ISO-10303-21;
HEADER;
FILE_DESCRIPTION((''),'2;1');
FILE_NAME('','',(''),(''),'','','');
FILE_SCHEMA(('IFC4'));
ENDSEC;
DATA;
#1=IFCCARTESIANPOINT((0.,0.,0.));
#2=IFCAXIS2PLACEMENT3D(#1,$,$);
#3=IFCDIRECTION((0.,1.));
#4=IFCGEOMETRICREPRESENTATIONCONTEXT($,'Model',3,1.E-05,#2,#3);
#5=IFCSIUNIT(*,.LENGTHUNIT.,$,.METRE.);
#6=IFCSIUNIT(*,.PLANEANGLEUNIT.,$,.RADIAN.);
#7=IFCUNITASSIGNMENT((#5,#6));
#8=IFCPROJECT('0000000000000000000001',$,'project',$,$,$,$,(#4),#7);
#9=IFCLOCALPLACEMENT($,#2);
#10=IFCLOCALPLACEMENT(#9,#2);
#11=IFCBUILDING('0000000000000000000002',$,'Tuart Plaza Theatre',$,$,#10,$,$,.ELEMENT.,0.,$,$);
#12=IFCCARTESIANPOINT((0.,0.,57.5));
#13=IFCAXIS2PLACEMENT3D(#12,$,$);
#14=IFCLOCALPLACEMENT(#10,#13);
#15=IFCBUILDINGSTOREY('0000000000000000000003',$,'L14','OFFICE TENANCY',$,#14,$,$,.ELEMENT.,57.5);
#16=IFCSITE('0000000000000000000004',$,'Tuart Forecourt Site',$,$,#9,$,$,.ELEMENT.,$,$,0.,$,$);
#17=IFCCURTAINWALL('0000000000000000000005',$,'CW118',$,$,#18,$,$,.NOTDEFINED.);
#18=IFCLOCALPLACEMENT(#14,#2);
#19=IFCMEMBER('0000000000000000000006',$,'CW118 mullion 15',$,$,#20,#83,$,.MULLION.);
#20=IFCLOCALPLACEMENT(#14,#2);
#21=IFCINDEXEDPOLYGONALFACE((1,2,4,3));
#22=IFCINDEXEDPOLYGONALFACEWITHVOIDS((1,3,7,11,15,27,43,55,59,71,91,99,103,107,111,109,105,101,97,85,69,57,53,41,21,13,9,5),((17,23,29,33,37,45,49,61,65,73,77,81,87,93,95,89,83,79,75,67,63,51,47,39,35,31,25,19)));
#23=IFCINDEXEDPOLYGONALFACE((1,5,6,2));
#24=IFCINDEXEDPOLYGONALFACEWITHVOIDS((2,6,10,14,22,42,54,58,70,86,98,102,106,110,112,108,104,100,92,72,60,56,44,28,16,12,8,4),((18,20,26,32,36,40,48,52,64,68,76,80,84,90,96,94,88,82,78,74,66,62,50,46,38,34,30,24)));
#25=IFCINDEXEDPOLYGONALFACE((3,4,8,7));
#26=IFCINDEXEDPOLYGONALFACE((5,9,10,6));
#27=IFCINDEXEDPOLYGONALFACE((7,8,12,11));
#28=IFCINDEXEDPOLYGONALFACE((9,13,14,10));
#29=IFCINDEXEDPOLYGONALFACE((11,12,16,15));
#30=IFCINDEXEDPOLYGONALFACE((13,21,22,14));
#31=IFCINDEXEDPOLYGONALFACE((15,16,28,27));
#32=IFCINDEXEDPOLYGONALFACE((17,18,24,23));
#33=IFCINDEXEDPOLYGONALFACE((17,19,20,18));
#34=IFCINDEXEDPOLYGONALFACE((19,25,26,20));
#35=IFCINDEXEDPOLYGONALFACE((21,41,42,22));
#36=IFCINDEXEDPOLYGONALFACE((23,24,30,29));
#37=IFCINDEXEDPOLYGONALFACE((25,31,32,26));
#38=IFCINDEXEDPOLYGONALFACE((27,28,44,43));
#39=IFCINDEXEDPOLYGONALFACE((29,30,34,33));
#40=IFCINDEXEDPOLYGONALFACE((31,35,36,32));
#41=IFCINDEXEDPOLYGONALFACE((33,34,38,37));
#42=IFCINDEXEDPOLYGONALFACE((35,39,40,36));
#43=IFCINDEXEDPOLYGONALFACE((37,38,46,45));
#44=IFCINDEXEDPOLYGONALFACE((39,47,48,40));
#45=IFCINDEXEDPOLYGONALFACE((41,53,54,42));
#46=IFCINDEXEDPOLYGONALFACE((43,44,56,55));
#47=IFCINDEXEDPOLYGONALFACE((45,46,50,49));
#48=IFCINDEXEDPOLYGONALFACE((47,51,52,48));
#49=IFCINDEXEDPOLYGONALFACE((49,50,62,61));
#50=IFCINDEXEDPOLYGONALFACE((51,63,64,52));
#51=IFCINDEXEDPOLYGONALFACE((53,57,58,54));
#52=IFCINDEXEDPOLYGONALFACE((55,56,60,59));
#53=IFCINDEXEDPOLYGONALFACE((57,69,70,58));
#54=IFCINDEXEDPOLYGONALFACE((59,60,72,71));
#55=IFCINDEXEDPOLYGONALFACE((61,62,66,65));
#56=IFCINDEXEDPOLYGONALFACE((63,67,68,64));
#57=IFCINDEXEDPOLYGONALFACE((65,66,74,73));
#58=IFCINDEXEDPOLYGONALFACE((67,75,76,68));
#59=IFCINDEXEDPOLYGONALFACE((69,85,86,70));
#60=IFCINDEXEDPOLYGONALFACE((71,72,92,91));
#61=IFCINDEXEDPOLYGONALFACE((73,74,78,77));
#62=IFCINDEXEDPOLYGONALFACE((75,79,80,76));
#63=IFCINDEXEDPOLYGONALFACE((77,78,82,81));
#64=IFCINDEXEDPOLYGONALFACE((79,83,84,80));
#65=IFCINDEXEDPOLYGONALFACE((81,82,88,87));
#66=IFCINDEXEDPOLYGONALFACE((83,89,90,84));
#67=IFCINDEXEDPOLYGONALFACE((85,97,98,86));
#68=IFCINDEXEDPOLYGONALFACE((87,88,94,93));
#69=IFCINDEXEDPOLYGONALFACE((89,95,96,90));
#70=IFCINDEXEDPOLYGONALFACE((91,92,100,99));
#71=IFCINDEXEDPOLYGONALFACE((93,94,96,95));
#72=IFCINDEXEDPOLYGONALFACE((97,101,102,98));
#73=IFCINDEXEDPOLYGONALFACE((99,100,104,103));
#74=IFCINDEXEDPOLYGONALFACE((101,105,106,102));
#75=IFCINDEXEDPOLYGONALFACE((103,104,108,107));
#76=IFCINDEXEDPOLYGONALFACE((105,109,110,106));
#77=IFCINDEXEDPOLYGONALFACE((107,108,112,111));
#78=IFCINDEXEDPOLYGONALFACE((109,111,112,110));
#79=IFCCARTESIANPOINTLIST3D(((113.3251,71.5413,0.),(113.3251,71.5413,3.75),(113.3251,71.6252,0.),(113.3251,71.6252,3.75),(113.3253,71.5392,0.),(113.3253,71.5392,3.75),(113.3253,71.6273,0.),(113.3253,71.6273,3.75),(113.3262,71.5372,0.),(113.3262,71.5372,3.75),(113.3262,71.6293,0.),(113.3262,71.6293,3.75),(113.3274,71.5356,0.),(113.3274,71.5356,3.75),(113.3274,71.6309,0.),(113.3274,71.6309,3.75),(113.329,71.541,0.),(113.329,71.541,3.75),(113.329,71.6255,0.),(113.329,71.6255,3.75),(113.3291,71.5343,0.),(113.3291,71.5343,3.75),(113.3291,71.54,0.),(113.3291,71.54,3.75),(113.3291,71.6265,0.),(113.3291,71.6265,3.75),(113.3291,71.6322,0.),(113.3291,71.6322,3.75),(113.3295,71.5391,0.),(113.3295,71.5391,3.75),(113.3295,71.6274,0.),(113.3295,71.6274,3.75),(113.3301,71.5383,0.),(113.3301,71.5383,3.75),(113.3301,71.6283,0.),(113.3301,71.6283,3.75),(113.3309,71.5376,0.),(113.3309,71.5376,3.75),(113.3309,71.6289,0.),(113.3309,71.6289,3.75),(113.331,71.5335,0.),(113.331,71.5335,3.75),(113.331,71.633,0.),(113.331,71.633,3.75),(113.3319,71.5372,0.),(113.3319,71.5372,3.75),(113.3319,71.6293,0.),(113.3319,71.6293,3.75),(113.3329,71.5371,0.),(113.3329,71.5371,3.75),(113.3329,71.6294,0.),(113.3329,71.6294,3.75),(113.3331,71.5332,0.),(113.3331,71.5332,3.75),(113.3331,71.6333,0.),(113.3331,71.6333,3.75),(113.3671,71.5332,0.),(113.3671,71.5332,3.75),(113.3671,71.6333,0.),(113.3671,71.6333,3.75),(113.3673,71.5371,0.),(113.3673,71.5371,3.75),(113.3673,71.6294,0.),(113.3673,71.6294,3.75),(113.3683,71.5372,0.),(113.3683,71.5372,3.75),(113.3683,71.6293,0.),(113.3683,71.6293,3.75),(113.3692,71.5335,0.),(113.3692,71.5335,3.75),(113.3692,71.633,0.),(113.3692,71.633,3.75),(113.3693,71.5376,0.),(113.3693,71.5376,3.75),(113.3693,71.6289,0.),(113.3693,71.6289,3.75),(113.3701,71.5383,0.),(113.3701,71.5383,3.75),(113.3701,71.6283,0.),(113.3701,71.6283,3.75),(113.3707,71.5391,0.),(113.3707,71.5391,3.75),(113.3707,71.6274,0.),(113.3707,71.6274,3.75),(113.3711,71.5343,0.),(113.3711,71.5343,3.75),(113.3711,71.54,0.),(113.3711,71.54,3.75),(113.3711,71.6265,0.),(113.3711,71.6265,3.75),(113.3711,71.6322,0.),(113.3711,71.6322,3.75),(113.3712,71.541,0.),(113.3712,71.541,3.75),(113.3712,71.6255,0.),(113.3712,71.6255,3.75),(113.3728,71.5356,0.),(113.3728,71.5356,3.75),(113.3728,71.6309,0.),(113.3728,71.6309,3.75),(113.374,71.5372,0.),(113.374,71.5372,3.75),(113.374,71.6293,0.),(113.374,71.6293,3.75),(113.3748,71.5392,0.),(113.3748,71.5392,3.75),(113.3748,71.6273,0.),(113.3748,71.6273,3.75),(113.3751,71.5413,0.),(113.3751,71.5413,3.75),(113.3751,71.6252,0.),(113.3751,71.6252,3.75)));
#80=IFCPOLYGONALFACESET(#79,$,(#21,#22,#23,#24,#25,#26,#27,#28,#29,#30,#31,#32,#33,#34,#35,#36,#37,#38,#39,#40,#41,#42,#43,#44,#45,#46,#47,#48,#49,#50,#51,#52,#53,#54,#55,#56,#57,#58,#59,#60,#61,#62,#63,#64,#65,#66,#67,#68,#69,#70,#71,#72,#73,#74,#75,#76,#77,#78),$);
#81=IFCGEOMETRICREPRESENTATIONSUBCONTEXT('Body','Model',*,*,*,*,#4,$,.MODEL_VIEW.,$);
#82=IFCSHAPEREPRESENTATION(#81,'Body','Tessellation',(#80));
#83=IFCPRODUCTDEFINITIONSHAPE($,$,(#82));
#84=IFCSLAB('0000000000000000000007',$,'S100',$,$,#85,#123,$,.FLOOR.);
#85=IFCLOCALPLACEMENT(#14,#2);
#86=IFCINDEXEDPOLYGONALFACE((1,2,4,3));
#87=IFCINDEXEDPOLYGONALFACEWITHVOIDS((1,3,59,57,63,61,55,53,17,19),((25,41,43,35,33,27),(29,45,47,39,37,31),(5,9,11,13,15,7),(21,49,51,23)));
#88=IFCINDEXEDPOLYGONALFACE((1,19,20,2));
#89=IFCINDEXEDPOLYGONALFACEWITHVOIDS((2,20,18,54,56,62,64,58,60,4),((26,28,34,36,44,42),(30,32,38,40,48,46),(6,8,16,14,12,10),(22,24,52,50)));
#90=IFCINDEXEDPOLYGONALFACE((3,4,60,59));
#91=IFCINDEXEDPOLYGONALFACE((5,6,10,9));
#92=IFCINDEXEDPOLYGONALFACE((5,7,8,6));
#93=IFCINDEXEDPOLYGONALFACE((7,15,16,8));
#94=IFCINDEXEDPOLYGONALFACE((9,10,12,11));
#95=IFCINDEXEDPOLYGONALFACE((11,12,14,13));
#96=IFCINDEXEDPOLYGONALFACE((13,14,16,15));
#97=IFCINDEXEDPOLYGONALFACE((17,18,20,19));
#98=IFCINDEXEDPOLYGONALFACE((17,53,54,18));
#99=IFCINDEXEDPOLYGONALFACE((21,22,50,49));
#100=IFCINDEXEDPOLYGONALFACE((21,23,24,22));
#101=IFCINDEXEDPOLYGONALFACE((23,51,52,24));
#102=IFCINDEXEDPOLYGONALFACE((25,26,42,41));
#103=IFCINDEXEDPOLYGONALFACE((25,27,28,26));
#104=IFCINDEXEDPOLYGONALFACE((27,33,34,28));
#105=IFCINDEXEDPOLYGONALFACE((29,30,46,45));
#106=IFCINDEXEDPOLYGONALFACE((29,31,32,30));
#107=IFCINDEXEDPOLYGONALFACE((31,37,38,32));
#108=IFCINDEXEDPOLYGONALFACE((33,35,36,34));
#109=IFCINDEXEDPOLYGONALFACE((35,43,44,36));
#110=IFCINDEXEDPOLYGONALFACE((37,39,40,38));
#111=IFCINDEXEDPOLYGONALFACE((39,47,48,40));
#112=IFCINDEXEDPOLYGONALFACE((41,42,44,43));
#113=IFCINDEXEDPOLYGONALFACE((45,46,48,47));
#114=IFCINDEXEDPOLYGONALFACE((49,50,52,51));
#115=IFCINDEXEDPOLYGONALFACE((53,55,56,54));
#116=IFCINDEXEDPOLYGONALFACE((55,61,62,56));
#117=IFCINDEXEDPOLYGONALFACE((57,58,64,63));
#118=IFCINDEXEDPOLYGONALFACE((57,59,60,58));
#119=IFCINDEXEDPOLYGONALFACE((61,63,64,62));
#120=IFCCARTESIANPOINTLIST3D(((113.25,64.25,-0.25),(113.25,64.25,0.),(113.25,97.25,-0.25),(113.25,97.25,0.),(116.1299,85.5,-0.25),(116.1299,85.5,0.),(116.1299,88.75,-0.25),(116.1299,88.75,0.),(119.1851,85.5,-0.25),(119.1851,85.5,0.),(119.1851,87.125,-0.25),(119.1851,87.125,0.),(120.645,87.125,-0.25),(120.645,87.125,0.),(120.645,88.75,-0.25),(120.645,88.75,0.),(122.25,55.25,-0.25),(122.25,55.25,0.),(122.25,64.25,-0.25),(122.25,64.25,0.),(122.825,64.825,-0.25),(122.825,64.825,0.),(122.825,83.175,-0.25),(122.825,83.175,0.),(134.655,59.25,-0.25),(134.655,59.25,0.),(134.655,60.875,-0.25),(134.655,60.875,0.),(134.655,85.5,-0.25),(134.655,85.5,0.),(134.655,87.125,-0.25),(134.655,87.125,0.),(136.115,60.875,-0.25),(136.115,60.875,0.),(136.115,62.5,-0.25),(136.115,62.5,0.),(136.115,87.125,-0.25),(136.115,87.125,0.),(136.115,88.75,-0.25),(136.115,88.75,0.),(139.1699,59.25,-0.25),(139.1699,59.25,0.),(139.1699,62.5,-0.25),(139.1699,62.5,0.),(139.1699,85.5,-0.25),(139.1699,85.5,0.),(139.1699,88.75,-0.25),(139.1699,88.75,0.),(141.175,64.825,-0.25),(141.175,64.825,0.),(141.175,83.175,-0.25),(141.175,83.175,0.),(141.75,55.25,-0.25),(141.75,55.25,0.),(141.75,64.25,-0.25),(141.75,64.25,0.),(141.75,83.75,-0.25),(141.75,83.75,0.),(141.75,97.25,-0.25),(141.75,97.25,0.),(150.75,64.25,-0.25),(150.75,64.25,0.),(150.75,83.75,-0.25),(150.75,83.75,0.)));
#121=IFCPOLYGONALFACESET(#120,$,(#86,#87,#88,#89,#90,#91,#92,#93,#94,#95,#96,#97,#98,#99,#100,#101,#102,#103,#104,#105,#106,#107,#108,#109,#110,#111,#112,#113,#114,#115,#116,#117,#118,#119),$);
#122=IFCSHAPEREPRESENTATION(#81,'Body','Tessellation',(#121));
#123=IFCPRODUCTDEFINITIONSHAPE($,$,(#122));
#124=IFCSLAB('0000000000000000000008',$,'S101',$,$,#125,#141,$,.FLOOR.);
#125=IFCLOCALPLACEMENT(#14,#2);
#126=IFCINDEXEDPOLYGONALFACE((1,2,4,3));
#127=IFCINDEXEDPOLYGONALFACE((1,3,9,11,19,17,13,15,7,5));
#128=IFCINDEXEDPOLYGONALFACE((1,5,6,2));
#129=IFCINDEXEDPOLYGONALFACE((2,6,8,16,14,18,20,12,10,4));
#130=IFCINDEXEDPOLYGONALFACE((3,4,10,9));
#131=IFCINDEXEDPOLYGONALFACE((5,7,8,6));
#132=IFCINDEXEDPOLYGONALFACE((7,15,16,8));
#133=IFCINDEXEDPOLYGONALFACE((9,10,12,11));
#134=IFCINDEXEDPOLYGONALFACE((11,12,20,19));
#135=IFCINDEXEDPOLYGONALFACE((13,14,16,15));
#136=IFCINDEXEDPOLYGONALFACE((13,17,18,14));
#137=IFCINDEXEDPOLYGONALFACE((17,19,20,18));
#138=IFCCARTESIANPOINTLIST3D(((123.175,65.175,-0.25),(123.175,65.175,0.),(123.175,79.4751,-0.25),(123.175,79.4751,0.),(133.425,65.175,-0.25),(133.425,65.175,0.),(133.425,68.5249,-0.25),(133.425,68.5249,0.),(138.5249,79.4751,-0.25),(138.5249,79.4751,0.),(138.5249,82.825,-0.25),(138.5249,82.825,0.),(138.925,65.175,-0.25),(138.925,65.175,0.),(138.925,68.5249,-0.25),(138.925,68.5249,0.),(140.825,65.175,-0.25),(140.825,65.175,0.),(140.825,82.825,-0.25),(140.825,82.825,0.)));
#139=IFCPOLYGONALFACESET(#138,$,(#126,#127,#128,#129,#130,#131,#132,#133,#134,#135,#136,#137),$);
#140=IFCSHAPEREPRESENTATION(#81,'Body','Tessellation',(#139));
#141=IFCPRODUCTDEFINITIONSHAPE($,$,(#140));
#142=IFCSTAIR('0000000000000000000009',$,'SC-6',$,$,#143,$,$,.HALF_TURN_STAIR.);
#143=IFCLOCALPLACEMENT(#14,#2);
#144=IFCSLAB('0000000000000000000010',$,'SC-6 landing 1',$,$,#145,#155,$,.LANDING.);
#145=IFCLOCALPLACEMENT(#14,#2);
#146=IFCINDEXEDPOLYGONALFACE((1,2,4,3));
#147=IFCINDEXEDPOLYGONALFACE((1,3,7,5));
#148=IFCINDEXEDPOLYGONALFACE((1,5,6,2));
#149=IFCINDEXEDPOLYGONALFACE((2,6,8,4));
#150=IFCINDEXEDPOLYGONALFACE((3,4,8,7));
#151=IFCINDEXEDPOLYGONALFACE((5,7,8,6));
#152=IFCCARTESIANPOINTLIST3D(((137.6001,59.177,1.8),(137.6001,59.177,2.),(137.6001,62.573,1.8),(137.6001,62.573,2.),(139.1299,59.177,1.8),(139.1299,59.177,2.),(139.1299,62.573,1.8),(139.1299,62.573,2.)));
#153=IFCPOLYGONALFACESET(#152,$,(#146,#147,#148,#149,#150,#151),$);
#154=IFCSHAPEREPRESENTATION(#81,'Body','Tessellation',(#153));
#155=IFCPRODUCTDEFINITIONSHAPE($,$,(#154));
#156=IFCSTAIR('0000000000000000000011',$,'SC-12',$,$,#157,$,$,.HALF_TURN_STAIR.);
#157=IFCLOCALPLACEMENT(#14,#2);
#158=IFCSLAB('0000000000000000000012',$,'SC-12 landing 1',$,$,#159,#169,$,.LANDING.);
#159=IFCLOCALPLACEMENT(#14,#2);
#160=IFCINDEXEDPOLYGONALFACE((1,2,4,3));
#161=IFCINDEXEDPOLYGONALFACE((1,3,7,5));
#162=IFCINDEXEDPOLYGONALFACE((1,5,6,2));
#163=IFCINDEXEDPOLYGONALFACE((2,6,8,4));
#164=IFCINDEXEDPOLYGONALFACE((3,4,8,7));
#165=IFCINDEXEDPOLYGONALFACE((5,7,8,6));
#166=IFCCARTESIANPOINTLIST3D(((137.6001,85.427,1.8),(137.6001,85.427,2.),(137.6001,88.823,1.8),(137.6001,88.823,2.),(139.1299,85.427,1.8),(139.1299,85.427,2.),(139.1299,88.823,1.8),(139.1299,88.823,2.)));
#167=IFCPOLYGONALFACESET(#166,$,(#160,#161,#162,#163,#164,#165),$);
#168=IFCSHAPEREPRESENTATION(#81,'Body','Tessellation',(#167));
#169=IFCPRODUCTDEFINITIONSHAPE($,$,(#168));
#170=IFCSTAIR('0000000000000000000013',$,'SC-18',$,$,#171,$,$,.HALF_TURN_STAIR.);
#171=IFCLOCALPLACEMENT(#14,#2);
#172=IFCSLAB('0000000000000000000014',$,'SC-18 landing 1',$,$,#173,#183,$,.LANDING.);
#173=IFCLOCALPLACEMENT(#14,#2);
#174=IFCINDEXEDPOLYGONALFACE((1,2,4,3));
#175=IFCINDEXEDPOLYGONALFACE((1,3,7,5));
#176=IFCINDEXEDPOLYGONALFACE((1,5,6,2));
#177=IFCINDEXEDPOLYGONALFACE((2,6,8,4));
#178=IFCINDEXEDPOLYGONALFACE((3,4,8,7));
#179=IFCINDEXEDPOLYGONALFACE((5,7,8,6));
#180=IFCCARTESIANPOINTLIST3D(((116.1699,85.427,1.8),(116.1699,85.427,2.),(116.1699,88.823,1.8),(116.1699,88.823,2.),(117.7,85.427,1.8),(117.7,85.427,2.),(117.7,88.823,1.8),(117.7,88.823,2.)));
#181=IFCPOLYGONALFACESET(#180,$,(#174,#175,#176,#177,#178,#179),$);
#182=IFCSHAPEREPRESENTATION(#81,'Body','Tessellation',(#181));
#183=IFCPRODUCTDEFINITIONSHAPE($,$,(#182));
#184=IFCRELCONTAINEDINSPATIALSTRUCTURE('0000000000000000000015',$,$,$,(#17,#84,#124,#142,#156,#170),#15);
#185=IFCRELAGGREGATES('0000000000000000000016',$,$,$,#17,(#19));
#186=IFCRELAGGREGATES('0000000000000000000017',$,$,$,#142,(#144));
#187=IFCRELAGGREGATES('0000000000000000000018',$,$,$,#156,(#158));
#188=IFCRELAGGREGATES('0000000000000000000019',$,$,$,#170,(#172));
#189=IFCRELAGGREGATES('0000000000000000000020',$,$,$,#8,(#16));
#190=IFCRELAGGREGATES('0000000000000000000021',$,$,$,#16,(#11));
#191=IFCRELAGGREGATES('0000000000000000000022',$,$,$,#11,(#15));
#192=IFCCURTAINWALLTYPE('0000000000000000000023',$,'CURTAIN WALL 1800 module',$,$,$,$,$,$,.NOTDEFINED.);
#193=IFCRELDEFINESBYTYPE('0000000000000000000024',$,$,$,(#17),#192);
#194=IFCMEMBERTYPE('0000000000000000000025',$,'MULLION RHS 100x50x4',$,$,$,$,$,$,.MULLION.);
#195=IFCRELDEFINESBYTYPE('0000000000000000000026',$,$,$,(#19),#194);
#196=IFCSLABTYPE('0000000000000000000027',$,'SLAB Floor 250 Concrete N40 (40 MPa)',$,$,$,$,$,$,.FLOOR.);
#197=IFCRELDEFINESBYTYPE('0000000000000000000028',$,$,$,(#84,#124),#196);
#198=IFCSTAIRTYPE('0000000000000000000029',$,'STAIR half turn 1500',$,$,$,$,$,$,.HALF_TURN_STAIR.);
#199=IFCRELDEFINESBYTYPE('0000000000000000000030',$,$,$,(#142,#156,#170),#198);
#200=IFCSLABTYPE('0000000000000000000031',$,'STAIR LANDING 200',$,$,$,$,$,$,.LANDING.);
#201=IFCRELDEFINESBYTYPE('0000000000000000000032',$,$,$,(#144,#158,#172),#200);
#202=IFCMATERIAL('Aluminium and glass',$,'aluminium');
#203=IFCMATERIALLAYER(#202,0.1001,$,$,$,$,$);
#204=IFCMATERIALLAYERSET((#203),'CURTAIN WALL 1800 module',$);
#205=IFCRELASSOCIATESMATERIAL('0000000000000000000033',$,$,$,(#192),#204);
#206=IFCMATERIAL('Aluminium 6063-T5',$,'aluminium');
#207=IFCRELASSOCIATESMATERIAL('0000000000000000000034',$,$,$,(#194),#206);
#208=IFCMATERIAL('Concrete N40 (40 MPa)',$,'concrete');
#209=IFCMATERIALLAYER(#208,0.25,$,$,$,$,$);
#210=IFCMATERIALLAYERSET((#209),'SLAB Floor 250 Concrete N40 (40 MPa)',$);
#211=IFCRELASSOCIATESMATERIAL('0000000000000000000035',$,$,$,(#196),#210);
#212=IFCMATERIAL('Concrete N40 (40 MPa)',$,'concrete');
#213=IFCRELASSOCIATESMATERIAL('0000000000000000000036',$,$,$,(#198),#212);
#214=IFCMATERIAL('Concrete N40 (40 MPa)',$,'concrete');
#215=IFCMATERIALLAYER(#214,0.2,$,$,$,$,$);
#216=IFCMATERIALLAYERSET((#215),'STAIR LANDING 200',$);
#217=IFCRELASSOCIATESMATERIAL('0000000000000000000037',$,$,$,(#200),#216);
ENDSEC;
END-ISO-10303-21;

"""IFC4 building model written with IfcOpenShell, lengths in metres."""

from ifc_helpers import new_model, si_unit, direction, frame, origin, origin_2d, place, context, subcontext, project, spatial, polyline, hollow_rectangle, outline, extrude, material, layer, layer_set, material_profile, profile_set, type_object, element, aggregate, save


model = new_model("IFC4")

# Units and contexts
model_context = context("Model", 3, precision=1e-05, world=origin(), true_north=direction((0.0, 1.0)))
body_context = subcontext(model_context, "Body", "Model", "MODEL_VIEW")
ifc_project = project(units=[si_unit("LENGTHUNIT", "METRE"), si_unit("PLANEANGLEUNIT", "RADIAN")], contexts=[model_context])

# Site, building, storey
site_placement = place(None, origin())
site = spatial("IfcSite", under=ifc_project, at=site_placement, Name="Tuart Forecourt Site", CompositionType="ELEMENT", RefElevation=0.0)
building_placement = place(site_placement, origin())
building = spatial("IfcBuilding", under=site, at=building_placement, Name="Tuart Plaza Theatre", CompositionType="ELEMENT", ElevationOfRefHeight=0.0)
storey_placement = place(building_placement, frame((0.0, 0.0, 57.5)))
storey = spatial("IfcBuildingStorey", under=building, at=storey_placement, Name="L14", Description="OFFICE TENANCY", CompositionType="ELEMENT", Elevation=57.5)

# Curtain wall, member
ifc_material_1 = material(Name="Aluminium and glass", Category="aluminium")
ifc_layer_1 = layer(ifc_material_1, 0.1001)
ifc_layer_set_1 = layer_set([ifc_layer_1], Name="CURTAIN WALL 1800 module")
curtain_wall_type = type_object("IfcCurtainWallType", Name="CURTAIN WALL 1800 module", PredefinedType="NOTDEFINED", material=ifc_layer_set_1)
curtain_wall_placement = place(storey_placement, origin())
curtain_wall = element("IfcCurtainWall", 1, at=curtain_wall_placement, inside=storey, type_object=curtain_wall_type, Name="CW118", PredefinedType="NOTDEFINED")
ifc_material_2 = material(Name="Aluminium 6063-T5", Category="aluminium")
ifc_material_profile = material_profile(ifc_material_2, hollow_rectangle(XDim=0.05, YDim=0.1001, WallThickness=0.0039, InnerFilletRadius=0.0039, OuterFilletRadius=0.0081, at=origin_2d()), Name="RHS 100x50x4")
ifc_profile_set = profile_set([ifc_material_profile], Name="Aluminium 6063-T5")
member_type = type_object("IfcMemberType", Name="MULLION RHS 100x50x4", PredefinedType="MULLION", material=ifc_profile_set)
member_1_placement = place(storey_placement, frame((113.3501, 71.5833, 0.0), z_axis=(0.0, 0.0, 1.0), x_axis=(1.0, 0.0, 0.0)))
member_1 = element("IfcMember", 2, at=member_1_placement, type_object=member_type, Name="CW118 mullion 15", PredefinedType="MULLION", context=body_context, shape_type="SweptSolid", body=[
    extrude(hollow_rectangle(XDim=0.05, YDim=0.1001, WallThickness=0.0039, InnerFilletRadius=0.0039, OuterFilletRadius=0.0081, at=origin_2d()), origin(), (0.0, 0.0, 1.0), 3.75),
])
aggregate(curtain_wall, [member_1])

# Slabs
ifc_material_3 = material(Name="Concrete N40 (40 MPa)", Category="concrete")
ifc_layer_2 = layer(ifc_material_3, 0.25)
ifc_layer_set_2 = layer_set([ifc_layer_2], Name="SLAB Floor 250 Concrete N40 (40 MPa)")
slab_type_1 = type_object("IfcSlabType", Name="SLAB Floor 250 Concrete N40 (40 MPa)", PredefinedType="FLOOR", material=ifc_layer_set_2)
slab_1_placement = place(storey_placement, frame((0.0, 0.0, -0.25)))
element("IfcSlab", 3, at=slab_1_placement, inside=storey, type_object=slab_type_1, Name="S100", PredefinedType="FLOOR", context=body_context, shape_type="SweptSolid", body=[
    extrude(outline(polyline([(141.75, 97.25), (113.25, 97.25), (113.25, 64.25), (122.25, 64.25), (122.25, 55.25), (141.75, 55.25), (141.75, 64.25), (150.75, 64.25), (150.75, 83.75), (141.75, 83.75), (141.75, 97.25)]), holes=[polyline([(141.175, 64.825), (141.175, 83.175), (122.825, 83.175), (122.825, 64.825), (141.175, 64.825)]), polyline([(136.115, 62.5), (136.115, 60.875), (134.655, 60.875), (134.655, 59.25), (139.1699, 59.25), (139.1699, 62.5), (136.115, 62.5)]), polyline([(139.1699, 88.75), (136.115, 88.75), (136.115, 87.125), (134.655, 87.125), (134.655, 85.5), (139.1699, 85.5), (139.1699, 88.75)]), polyline([(116.1299, 88.75), (116.1299, 85.5), (119.1851, 85.5), (119.1851, 87.125), (120.645, 87.125), (120.645, 88.75), (116.1299, 88.75)])]), origin(), (0.0, 0.0, 1.0), 0.25),
])
slab_2_placement = place(storey_placement, frame((0.0, 0.0, -0.25)))
element("IfcSlab", 4, at=slab_2_placement, inside=storey, type_object=slab_type_1, Name="S101", PredefinedType="FLOOR", context=body_context, shape_type="SweptSolid", body=[
    extrude(outline(polyline([(123.175, 65.175), (133.425, 65.175), (133.425, 68.5249), (138.925, 68.5249), (138.925, 65.175), (140.825, 65.175), (140.825, 82.825), (138.5249, 82.825), (138.5249, 79.4751), (123.175, 79.4751), (123.175, 65.175)])), origin(), (0.0, 0.0, 1.0), 0.25),
])

# Stairs, slabs
ifc_material_4 = material(Name="Concrete N40 (40 MPa)", Category="concrete")
stair_type = type_object("IfcStairType", Name="STAIR half turn 1500", PredefinedType="HALF_TURN_STAIR", material=ifc_material_4)
stair_1_placement = place(storey_placement, origin())
stair_1 = element("IfcStair", 5, at=stair_1_placement, inside=storey, type_object=stair_type, Name="SC-6", PredefinedType="HALF_TURN_STAIR")
ifc_material_5 = material(Name="Concrete N40 (40 MPa)", Category="concrete")
ifc_layer_3 = layer(ifc_material_5, 0.2)
ifc_layer_set_3 = layer_set([ifc_layer_3], Name="STAIR LANDING 200")
slab_type_2 = type_object("IfcSlabType", Name="STAIR LANDING 200", PredefinedType="LANDING", material=ifc_layer_set_3)
slab_3_placement = place(storey_placement, frame((0.0, 0.0, 1.8)))
slab_3 = element("IfcSlab", 6, at=slab_3_placement, type_object=slab_type_2, Name="SC-6 landing 1", PredefinedType="LANDING", context=body_context, shape_type="SweptSolid", body=[
    extrude(outline(polyline([(137.6001, 59.177), (139.1299, 59.177), (139.1299, 62.573), (137.6001, 62.573), (137.6001, 59.177)])), origin(), (0.0, 0.0, 1.0), 0.2),
])
aggregate(stair_1, [slab_3])
stair_2_placement = place(storey_placement, origin())
stair_2 = element("IfcStair", 7, at=stair_2_placement, inside=storey, type_object=stair_type, Name="SC-12", PredefinedType="HALF_TURN_STAIR")
slab_4_placement = place(storey_placement, frame((0.0, 0.0, 1.8)))
slab_4 = element("IfcSlab", 8, at=slab_4_placement, type_object=slab_type_2, Name="SC-12 landing 1", PredefinedType="LANDING", context=body_context, shape_type="SweptSolid", body=[
    extrude(outline(polyline([(137.6001, 85.427), (139.1299, 85.427), (139.1299, 88.823), (137.6001, 88.823), (137.6001, 85.427)])), origin(), (0.0, 0.0, 1.0), 0.2),
])
aggregate(stair_2, [slab_4])
stair_3_placement = place(storey_placement, origin())
stair_3 = element("IfcStair", 9, at=stair_3_placement, inside=storey, type_object=stair_type, Name="SC-18", PredefinedType="HALF_TURN_STAIR")
slab_5_placement = place(storey_placement, frame((0.0, 0.0, 1.8)))
slab_5 = element("IfcSlab", 10, at=slab_5_placement, type_object=slab_type_2, Name="SC-18 landing 1", PredefinedType="LANDING", context=body_context, shape_type="SweptSolid", body=[
    extrude(outline(polyline([(117.7, 88.823), (116.1699, 88.823), (116.1699, 85.427), (117.7, 85.427), (117.7, 88.823)])), origin(), (0.0, 0.0, 1.0), 0.2),
])
aggregate(stair_3, [slab_5])

save(model, "model.ifc")
